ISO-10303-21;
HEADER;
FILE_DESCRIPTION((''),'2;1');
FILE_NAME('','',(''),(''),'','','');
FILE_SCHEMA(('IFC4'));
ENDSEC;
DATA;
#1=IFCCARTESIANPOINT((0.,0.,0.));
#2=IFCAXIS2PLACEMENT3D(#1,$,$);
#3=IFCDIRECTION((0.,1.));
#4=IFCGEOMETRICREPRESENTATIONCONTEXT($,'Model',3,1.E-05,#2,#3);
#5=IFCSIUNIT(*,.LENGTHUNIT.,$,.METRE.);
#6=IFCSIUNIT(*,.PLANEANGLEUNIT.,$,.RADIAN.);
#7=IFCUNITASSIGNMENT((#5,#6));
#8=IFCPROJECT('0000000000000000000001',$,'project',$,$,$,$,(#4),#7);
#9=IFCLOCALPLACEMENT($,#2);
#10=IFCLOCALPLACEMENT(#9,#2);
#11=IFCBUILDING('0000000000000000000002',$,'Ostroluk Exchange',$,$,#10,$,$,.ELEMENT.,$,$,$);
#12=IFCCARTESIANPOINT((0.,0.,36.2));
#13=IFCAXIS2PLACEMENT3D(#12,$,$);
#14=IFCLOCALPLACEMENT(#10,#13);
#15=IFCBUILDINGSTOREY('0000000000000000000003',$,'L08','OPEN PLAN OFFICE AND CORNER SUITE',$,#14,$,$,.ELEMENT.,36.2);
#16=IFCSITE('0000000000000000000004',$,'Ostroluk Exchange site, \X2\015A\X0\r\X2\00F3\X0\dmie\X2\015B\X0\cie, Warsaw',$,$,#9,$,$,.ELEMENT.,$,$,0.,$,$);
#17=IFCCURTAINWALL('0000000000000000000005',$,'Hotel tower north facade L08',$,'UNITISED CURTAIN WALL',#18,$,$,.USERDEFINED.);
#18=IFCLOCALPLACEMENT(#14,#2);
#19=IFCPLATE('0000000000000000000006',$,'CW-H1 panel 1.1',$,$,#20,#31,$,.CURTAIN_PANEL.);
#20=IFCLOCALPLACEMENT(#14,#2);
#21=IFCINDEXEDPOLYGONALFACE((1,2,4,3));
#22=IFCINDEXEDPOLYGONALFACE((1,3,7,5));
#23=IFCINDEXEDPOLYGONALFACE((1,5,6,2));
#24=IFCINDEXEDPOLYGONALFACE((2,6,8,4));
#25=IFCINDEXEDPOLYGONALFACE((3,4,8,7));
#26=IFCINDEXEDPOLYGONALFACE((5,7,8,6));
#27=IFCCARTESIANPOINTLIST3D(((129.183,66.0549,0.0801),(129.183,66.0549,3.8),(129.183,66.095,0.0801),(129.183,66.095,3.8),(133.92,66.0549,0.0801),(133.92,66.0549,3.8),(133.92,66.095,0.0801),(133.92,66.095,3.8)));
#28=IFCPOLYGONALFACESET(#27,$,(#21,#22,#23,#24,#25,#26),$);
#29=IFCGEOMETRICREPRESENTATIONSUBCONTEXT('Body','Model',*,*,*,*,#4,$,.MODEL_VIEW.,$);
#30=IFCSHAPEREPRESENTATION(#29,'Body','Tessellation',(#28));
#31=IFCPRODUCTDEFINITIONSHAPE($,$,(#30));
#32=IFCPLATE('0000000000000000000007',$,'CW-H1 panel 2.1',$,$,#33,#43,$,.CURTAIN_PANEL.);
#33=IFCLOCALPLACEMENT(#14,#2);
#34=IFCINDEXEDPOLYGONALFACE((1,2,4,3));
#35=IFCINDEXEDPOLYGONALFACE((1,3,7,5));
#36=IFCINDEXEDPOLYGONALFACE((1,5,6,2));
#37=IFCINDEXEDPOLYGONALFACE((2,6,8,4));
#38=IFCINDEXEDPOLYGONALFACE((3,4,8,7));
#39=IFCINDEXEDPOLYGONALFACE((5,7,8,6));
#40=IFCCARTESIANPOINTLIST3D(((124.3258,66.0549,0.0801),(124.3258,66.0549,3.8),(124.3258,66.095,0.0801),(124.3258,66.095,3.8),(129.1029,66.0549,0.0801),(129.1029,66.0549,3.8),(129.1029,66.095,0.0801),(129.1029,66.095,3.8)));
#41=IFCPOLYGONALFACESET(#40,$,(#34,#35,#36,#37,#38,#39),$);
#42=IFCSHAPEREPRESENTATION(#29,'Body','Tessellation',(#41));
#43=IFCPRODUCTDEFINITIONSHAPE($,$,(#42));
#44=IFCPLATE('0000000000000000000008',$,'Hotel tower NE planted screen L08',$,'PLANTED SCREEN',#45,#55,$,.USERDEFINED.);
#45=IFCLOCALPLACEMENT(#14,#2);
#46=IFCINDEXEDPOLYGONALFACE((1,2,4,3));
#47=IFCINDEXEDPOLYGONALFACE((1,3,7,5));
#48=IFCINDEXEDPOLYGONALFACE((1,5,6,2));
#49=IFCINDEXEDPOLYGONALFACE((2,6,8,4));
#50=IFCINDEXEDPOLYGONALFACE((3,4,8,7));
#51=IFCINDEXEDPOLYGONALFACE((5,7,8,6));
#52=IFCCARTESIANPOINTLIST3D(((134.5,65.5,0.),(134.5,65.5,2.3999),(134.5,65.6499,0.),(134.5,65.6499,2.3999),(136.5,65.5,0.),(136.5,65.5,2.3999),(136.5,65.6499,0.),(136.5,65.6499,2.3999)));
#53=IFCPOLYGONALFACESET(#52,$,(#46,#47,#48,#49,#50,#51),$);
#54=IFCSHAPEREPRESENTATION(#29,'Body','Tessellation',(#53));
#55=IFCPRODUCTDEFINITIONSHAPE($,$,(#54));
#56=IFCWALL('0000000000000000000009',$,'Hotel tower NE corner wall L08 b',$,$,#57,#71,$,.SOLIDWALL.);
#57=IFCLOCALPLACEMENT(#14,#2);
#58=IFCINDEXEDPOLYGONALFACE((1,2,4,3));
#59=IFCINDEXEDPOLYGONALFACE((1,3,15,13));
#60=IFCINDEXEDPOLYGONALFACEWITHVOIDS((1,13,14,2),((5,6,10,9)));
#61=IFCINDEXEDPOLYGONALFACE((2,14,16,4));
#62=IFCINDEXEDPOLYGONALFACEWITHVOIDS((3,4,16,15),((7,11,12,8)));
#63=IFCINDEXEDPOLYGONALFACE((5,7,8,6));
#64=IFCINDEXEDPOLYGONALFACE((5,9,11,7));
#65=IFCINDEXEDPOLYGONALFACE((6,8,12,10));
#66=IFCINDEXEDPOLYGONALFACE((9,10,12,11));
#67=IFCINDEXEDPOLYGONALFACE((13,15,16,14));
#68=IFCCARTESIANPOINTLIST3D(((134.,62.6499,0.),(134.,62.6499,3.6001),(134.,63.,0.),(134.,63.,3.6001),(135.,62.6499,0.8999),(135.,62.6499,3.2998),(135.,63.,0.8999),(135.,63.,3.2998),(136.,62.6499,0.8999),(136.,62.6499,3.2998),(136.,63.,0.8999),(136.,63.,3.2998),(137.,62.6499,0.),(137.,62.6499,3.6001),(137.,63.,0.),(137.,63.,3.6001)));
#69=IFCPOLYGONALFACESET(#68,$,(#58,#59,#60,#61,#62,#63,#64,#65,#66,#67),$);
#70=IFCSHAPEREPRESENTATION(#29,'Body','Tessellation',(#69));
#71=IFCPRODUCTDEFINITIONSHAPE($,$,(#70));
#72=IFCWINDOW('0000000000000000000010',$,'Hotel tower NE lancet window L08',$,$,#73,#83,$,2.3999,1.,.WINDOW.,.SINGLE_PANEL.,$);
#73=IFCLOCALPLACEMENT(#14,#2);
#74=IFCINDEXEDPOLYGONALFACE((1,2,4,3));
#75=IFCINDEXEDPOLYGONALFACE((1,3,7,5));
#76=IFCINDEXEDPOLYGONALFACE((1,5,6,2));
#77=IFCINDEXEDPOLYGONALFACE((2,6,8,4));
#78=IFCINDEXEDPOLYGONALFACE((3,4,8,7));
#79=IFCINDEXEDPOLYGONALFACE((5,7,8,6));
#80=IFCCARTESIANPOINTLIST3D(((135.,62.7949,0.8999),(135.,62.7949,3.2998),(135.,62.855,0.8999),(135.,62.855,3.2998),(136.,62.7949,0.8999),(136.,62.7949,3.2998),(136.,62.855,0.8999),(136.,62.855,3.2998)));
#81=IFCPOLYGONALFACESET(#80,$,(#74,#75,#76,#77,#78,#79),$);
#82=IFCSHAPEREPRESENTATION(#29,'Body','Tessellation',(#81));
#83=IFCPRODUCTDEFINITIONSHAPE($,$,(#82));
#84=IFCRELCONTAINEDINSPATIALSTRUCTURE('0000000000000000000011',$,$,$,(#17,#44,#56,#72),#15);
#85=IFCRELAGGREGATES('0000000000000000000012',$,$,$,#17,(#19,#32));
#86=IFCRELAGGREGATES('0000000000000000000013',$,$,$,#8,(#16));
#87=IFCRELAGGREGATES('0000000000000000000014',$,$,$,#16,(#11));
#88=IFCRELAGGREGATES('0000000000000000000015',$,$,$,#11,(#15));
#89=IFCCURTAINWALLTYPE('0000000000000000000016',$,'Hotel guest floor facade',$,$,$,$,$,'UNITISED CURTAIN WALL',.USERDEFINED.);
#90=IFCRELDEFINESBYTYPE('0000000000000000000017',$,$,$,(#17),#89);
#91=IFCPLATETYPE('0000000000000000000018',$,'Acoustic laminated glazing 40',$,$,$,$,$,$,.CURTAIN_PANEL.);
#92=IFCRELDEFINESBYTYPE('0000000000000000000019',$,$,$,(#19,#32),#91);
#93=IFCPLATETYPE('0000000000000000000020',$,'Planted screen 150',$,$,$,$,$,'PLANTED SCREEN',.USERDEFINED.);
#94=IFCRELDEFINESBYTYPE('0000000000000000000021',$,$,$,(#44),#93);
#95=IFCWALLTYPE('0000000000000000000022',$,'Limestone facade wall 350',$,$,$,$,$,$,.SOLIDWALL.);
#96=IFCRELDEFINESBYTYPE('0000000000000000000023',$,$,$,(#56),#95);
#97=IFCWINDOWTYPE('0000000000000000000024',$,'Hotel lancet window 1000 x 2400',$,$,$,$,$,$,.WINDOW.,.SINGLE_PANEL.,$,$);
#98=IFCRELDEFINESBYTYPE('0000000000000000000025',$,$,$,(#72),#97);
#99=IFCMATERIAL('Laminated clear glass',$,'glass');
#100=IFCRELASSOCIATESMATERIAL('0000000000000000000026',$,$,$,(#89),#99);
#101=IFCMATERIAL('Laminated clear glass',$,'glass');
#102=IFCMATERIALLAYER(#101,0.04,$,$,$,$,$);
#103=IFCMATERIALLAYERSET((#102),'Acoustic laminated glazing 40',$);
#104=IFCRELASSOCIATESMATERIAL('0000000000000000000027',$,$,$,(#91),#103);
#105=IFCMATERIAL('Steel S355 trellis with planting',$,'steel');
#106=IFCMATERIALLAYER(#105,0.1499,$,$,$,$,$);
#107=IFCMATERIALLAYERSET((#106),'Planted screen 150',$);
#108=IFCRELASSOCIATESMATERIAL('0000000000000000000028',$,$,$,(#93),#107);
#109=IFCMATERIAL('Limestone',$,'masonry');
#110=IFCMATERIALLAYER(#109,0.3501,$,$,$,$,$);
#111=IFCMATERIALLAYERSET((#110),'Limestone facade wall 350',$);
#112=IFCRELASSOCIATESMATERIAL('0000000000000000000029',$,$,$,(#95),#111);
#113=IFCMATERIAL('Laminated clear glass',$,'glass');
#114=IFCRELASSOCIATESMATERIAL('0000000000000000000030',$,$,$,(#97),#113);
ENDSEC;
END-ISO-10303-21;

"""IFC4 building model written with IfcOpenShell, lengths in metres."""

from ifc_helpers import new_model, si_unit, direction, frame, frame_2d, origin, origin_2d, place, context, subcontext, project, spatial, rectangle, extrude, material, layer, layer_set, type_object, element, fill, aggregate, save


model = new_model("IFC4")

# Units and contexts
model_context = context("Model", 3, precision=1e-05, world=origin(), true_north=direction((0.0, 1.0)))
body_context = subcontext(model_context, "Body", "Model", "MODEL_VIEW")
ifc_project = project(units=[si_unit("LENGTHUNIT", "METRE"), si_unit("PLANEANGLEUNIT", "RADIAN")], contexts=[model_context])

# Site, building, storey
site_placement = place(None, origin())
site = spatial("IfcSite", under=ifc_project, at=site_placement, Name="Ostroluk Exchange site, Śródmieście, Warsaw", CompositionType="ELEMENT", RefElevation=0.0)
building_placement = place(site_placement, origin())
building = spatial("IfcBuilding", under=site, at=building_placement, Name="Ostroluk Exchange", CompositionType="ELEMENT")
storey_placement = place(building_placement, frame((0.0, 0.0, 36.2)))
storey = spatial("IfcBuildingStorey", under=building, at=storey_placement, Name="L08", Description="OPEN PLAN OFFICE AND CORNER SUITE", CompositionType="ELEMENT", Elevation=36.2)

# Curtain wall
ifc_material_1 = material(Name="Laminated clear glass", Category="glass")
curtain_wall_type = type_object("IfcCurtainWallType", Name="Hotel guest floor facade", ElementType="UNITISED CURTAIN WALL", PredefinedType="USERDEFINED", material=ifc_material_1)
curtain_wall_1_placement = place(storey_placement, origin())
curtain_wall_1 = element("IfcCurtainWall", 1, at=curtain_wall_1_placement, inside=storey, type_object=curtain_wall_type, Name="Hotel tower north facade L08", ObjectType="UNITISED CURTAIN WALL", PredefinedType="USERDEFINED")

# Plates
ifc_material_2 = material(Name="Laminated clear glass", Category="glass")
ifc_layer_1 = layer(ifc_material_2, 0.04)
ifc_layer_set_1 = layer_set([ifc_layer_1], Name="Acoustic laminated glazing 40")
plate_type_1 = type_object("IfcPlateType", Name="Acoustic laminated glazing 40", PredefinedType="CURTAIN_PANEL", material=ifc_layer_set_1)
plate_1_placement = place(storey_placement, frame((131.5515, 66.075, 0.0801), z_axis=(0.0, 0.0, 1.0), x_axis=(-1.0, 0.0, 0.0)))
plate_1 = element("IfcPlate", 2, at=plate_1_placement, type_object=plate_type_1, Name="CW-H1 panel 1.1", PredefinedType="CURTAIN_PANEL", context=body_context, shape_type="SweptSolid", body=[
    extrude(rectangle(XDim=4.7371, YDim=0.04, at=origin_2d()), origin(), (0.0, 0.0, 1.0), 3.72),
])
plate_2_placement = place(storey_placement, frame((126.7144, 66.075, 0.0801), z_axis=(0.0, 0.0, 1.0), x_axis=(-1.0, 0.0, 0.0)))
plate_2 = element("IfcPlate", 3, at=plate_2_placement, type_object=plate_type_1, Name="CW-H1 panel 2.1", PredefinedType="CURTAIN_PANEL", context=body_context, shape_type="SweptSolid", body=[
    extrude(rectangle(XDim=4.7771, YDim=0.04, at=origin_2d()), origin(), (0.0, 0.0, 1.0), 3.72),
])
aggregate(curtain_wall_1, [plate_1, plate_2])
ifc_material_3 = material(Name="Steel S355 trellis with planting", Category="steel")
ifc_layer_2 = layer(ifc_material_3, 0.1499)
ifc_layer_set_2 = layer_set([ifc_layer_2], Name="Planted screen 150")
plate_type_2 = type_object("IfcPlateType", Name="Planted screen 150", ElementType="PLANTED SCREEN", PredefinedType="USERDEFINED", material=ifc_layer_set_2)
plate_3_placement = place(storey_placement, frame((135.5, 65.575, 0.0), z_axis=(0.0, 0.0, 1.0), x_axis=(1.0, 0.0, 0.0)))
element("IfcPlate", 4, at=plate_3_placement, inside=storey, type_object=plate_type_2, Name="Hotel tower NE planted screen L08", ObjectType="PLANTED SCREEN", PredefinedType="USERDEFINED", context=body_context, shape_type="SweptSolid", body=[
    extrude(rectangle(XDim=2.0, YDim=0.1499, at=origin_2d()), origin(), (0.0, 0.0, 1.0), 2.3999),
])

# Shared definitions
ifc_material_4 = material(Name="Limestone", Category="masonry")
ifc_layer_3 = layer(ifc_material_4, 0.3501)
ifc_layer_set_3 = layer_set([ifc_layer_3], Name="Limestone facade wall 350")
wall_type = type_object("IfcWallType", Name="Limestone facade wall 350", PredefinedType="SOLIDWALL", material=ifc_layer_set_3)

# Wall, opening, window
wall_1_placement = place(storey_placement, frame((134.0, 62.825, 0.0), z_axis=(0.0, 0.0, 1.0), x_axis=(1.0, 0.0, 0.0)))
wall_1 = element("IfcWall", 5, at=wall_1_placement, inside=storey, type_object=wall_type, Name="Hotel tower NE corner wall L08 b", PredefinedType="SOLIDWALL", context=body_context, shape_type="SweptSolid", body=[
    extrude(rectangle(XDim=3.0, YDim=0.3501, at=frame_2d((1.5, 0.0))), origin(), (0.0, 0.0, 1.0), 3.6001),
])
opening_1_placement = place(wall_1_placement, frame((1.0, 0.0, 0.8999)))
opening_1 = element("IfcOpeningElement", 6, at=opening_1_placement, cuts=wall_1, PredefinedType="OPENING", context=body_context, shape_type="SweptSolid", body=[
    extrude(rectangle(XDim=1.0, YDim=2.3999, at=frame_2d((0.5, 1.2))), frame((0.0, 0.1851, 0.0), z_axis=(0.0, -1.0, 0.0), x_axis=(1.0, 0.0, 0.0)), (0.0, 0.0, 1.0), 0.3701),
])
ifc_material_5 = material(Name="Laminated clear glass", Category="glass")
window_type = type_object("IfcWindowType", Name="Hotel lancet window 1000 x 2400", PartitioningType="SINGLE_PANEL", PredefinedType="WINDOW", material=ifc_material_5)
window_placement = place(opening_1_placement, origin())
window = element("IfcWindow", 7, at=window_placement, inside=storey, type_object=window_type, Name="Hotel tower NE lancet window L08", OverallHeight=2.3999, OverallWidth=1.0, PartitioningType="SINGLE_PANEL", PredefinedType="WINDOW", context=body_context, shape_type="SweptSolid", body=[
    extrude(rectangle(XDim=1.0, YDim=2.3999, at=frame_2d((0.5, 1.2))), frame((0.0, 0.03, 0.0), z_axis=(0.0, -1.0, 0.0), x_axis=(1.0, 0.0, 0.0)), (0.0, 0.0, 1.0), 0.0601),
])
fill(opening_1, window)

save(model, "model.ifc")
